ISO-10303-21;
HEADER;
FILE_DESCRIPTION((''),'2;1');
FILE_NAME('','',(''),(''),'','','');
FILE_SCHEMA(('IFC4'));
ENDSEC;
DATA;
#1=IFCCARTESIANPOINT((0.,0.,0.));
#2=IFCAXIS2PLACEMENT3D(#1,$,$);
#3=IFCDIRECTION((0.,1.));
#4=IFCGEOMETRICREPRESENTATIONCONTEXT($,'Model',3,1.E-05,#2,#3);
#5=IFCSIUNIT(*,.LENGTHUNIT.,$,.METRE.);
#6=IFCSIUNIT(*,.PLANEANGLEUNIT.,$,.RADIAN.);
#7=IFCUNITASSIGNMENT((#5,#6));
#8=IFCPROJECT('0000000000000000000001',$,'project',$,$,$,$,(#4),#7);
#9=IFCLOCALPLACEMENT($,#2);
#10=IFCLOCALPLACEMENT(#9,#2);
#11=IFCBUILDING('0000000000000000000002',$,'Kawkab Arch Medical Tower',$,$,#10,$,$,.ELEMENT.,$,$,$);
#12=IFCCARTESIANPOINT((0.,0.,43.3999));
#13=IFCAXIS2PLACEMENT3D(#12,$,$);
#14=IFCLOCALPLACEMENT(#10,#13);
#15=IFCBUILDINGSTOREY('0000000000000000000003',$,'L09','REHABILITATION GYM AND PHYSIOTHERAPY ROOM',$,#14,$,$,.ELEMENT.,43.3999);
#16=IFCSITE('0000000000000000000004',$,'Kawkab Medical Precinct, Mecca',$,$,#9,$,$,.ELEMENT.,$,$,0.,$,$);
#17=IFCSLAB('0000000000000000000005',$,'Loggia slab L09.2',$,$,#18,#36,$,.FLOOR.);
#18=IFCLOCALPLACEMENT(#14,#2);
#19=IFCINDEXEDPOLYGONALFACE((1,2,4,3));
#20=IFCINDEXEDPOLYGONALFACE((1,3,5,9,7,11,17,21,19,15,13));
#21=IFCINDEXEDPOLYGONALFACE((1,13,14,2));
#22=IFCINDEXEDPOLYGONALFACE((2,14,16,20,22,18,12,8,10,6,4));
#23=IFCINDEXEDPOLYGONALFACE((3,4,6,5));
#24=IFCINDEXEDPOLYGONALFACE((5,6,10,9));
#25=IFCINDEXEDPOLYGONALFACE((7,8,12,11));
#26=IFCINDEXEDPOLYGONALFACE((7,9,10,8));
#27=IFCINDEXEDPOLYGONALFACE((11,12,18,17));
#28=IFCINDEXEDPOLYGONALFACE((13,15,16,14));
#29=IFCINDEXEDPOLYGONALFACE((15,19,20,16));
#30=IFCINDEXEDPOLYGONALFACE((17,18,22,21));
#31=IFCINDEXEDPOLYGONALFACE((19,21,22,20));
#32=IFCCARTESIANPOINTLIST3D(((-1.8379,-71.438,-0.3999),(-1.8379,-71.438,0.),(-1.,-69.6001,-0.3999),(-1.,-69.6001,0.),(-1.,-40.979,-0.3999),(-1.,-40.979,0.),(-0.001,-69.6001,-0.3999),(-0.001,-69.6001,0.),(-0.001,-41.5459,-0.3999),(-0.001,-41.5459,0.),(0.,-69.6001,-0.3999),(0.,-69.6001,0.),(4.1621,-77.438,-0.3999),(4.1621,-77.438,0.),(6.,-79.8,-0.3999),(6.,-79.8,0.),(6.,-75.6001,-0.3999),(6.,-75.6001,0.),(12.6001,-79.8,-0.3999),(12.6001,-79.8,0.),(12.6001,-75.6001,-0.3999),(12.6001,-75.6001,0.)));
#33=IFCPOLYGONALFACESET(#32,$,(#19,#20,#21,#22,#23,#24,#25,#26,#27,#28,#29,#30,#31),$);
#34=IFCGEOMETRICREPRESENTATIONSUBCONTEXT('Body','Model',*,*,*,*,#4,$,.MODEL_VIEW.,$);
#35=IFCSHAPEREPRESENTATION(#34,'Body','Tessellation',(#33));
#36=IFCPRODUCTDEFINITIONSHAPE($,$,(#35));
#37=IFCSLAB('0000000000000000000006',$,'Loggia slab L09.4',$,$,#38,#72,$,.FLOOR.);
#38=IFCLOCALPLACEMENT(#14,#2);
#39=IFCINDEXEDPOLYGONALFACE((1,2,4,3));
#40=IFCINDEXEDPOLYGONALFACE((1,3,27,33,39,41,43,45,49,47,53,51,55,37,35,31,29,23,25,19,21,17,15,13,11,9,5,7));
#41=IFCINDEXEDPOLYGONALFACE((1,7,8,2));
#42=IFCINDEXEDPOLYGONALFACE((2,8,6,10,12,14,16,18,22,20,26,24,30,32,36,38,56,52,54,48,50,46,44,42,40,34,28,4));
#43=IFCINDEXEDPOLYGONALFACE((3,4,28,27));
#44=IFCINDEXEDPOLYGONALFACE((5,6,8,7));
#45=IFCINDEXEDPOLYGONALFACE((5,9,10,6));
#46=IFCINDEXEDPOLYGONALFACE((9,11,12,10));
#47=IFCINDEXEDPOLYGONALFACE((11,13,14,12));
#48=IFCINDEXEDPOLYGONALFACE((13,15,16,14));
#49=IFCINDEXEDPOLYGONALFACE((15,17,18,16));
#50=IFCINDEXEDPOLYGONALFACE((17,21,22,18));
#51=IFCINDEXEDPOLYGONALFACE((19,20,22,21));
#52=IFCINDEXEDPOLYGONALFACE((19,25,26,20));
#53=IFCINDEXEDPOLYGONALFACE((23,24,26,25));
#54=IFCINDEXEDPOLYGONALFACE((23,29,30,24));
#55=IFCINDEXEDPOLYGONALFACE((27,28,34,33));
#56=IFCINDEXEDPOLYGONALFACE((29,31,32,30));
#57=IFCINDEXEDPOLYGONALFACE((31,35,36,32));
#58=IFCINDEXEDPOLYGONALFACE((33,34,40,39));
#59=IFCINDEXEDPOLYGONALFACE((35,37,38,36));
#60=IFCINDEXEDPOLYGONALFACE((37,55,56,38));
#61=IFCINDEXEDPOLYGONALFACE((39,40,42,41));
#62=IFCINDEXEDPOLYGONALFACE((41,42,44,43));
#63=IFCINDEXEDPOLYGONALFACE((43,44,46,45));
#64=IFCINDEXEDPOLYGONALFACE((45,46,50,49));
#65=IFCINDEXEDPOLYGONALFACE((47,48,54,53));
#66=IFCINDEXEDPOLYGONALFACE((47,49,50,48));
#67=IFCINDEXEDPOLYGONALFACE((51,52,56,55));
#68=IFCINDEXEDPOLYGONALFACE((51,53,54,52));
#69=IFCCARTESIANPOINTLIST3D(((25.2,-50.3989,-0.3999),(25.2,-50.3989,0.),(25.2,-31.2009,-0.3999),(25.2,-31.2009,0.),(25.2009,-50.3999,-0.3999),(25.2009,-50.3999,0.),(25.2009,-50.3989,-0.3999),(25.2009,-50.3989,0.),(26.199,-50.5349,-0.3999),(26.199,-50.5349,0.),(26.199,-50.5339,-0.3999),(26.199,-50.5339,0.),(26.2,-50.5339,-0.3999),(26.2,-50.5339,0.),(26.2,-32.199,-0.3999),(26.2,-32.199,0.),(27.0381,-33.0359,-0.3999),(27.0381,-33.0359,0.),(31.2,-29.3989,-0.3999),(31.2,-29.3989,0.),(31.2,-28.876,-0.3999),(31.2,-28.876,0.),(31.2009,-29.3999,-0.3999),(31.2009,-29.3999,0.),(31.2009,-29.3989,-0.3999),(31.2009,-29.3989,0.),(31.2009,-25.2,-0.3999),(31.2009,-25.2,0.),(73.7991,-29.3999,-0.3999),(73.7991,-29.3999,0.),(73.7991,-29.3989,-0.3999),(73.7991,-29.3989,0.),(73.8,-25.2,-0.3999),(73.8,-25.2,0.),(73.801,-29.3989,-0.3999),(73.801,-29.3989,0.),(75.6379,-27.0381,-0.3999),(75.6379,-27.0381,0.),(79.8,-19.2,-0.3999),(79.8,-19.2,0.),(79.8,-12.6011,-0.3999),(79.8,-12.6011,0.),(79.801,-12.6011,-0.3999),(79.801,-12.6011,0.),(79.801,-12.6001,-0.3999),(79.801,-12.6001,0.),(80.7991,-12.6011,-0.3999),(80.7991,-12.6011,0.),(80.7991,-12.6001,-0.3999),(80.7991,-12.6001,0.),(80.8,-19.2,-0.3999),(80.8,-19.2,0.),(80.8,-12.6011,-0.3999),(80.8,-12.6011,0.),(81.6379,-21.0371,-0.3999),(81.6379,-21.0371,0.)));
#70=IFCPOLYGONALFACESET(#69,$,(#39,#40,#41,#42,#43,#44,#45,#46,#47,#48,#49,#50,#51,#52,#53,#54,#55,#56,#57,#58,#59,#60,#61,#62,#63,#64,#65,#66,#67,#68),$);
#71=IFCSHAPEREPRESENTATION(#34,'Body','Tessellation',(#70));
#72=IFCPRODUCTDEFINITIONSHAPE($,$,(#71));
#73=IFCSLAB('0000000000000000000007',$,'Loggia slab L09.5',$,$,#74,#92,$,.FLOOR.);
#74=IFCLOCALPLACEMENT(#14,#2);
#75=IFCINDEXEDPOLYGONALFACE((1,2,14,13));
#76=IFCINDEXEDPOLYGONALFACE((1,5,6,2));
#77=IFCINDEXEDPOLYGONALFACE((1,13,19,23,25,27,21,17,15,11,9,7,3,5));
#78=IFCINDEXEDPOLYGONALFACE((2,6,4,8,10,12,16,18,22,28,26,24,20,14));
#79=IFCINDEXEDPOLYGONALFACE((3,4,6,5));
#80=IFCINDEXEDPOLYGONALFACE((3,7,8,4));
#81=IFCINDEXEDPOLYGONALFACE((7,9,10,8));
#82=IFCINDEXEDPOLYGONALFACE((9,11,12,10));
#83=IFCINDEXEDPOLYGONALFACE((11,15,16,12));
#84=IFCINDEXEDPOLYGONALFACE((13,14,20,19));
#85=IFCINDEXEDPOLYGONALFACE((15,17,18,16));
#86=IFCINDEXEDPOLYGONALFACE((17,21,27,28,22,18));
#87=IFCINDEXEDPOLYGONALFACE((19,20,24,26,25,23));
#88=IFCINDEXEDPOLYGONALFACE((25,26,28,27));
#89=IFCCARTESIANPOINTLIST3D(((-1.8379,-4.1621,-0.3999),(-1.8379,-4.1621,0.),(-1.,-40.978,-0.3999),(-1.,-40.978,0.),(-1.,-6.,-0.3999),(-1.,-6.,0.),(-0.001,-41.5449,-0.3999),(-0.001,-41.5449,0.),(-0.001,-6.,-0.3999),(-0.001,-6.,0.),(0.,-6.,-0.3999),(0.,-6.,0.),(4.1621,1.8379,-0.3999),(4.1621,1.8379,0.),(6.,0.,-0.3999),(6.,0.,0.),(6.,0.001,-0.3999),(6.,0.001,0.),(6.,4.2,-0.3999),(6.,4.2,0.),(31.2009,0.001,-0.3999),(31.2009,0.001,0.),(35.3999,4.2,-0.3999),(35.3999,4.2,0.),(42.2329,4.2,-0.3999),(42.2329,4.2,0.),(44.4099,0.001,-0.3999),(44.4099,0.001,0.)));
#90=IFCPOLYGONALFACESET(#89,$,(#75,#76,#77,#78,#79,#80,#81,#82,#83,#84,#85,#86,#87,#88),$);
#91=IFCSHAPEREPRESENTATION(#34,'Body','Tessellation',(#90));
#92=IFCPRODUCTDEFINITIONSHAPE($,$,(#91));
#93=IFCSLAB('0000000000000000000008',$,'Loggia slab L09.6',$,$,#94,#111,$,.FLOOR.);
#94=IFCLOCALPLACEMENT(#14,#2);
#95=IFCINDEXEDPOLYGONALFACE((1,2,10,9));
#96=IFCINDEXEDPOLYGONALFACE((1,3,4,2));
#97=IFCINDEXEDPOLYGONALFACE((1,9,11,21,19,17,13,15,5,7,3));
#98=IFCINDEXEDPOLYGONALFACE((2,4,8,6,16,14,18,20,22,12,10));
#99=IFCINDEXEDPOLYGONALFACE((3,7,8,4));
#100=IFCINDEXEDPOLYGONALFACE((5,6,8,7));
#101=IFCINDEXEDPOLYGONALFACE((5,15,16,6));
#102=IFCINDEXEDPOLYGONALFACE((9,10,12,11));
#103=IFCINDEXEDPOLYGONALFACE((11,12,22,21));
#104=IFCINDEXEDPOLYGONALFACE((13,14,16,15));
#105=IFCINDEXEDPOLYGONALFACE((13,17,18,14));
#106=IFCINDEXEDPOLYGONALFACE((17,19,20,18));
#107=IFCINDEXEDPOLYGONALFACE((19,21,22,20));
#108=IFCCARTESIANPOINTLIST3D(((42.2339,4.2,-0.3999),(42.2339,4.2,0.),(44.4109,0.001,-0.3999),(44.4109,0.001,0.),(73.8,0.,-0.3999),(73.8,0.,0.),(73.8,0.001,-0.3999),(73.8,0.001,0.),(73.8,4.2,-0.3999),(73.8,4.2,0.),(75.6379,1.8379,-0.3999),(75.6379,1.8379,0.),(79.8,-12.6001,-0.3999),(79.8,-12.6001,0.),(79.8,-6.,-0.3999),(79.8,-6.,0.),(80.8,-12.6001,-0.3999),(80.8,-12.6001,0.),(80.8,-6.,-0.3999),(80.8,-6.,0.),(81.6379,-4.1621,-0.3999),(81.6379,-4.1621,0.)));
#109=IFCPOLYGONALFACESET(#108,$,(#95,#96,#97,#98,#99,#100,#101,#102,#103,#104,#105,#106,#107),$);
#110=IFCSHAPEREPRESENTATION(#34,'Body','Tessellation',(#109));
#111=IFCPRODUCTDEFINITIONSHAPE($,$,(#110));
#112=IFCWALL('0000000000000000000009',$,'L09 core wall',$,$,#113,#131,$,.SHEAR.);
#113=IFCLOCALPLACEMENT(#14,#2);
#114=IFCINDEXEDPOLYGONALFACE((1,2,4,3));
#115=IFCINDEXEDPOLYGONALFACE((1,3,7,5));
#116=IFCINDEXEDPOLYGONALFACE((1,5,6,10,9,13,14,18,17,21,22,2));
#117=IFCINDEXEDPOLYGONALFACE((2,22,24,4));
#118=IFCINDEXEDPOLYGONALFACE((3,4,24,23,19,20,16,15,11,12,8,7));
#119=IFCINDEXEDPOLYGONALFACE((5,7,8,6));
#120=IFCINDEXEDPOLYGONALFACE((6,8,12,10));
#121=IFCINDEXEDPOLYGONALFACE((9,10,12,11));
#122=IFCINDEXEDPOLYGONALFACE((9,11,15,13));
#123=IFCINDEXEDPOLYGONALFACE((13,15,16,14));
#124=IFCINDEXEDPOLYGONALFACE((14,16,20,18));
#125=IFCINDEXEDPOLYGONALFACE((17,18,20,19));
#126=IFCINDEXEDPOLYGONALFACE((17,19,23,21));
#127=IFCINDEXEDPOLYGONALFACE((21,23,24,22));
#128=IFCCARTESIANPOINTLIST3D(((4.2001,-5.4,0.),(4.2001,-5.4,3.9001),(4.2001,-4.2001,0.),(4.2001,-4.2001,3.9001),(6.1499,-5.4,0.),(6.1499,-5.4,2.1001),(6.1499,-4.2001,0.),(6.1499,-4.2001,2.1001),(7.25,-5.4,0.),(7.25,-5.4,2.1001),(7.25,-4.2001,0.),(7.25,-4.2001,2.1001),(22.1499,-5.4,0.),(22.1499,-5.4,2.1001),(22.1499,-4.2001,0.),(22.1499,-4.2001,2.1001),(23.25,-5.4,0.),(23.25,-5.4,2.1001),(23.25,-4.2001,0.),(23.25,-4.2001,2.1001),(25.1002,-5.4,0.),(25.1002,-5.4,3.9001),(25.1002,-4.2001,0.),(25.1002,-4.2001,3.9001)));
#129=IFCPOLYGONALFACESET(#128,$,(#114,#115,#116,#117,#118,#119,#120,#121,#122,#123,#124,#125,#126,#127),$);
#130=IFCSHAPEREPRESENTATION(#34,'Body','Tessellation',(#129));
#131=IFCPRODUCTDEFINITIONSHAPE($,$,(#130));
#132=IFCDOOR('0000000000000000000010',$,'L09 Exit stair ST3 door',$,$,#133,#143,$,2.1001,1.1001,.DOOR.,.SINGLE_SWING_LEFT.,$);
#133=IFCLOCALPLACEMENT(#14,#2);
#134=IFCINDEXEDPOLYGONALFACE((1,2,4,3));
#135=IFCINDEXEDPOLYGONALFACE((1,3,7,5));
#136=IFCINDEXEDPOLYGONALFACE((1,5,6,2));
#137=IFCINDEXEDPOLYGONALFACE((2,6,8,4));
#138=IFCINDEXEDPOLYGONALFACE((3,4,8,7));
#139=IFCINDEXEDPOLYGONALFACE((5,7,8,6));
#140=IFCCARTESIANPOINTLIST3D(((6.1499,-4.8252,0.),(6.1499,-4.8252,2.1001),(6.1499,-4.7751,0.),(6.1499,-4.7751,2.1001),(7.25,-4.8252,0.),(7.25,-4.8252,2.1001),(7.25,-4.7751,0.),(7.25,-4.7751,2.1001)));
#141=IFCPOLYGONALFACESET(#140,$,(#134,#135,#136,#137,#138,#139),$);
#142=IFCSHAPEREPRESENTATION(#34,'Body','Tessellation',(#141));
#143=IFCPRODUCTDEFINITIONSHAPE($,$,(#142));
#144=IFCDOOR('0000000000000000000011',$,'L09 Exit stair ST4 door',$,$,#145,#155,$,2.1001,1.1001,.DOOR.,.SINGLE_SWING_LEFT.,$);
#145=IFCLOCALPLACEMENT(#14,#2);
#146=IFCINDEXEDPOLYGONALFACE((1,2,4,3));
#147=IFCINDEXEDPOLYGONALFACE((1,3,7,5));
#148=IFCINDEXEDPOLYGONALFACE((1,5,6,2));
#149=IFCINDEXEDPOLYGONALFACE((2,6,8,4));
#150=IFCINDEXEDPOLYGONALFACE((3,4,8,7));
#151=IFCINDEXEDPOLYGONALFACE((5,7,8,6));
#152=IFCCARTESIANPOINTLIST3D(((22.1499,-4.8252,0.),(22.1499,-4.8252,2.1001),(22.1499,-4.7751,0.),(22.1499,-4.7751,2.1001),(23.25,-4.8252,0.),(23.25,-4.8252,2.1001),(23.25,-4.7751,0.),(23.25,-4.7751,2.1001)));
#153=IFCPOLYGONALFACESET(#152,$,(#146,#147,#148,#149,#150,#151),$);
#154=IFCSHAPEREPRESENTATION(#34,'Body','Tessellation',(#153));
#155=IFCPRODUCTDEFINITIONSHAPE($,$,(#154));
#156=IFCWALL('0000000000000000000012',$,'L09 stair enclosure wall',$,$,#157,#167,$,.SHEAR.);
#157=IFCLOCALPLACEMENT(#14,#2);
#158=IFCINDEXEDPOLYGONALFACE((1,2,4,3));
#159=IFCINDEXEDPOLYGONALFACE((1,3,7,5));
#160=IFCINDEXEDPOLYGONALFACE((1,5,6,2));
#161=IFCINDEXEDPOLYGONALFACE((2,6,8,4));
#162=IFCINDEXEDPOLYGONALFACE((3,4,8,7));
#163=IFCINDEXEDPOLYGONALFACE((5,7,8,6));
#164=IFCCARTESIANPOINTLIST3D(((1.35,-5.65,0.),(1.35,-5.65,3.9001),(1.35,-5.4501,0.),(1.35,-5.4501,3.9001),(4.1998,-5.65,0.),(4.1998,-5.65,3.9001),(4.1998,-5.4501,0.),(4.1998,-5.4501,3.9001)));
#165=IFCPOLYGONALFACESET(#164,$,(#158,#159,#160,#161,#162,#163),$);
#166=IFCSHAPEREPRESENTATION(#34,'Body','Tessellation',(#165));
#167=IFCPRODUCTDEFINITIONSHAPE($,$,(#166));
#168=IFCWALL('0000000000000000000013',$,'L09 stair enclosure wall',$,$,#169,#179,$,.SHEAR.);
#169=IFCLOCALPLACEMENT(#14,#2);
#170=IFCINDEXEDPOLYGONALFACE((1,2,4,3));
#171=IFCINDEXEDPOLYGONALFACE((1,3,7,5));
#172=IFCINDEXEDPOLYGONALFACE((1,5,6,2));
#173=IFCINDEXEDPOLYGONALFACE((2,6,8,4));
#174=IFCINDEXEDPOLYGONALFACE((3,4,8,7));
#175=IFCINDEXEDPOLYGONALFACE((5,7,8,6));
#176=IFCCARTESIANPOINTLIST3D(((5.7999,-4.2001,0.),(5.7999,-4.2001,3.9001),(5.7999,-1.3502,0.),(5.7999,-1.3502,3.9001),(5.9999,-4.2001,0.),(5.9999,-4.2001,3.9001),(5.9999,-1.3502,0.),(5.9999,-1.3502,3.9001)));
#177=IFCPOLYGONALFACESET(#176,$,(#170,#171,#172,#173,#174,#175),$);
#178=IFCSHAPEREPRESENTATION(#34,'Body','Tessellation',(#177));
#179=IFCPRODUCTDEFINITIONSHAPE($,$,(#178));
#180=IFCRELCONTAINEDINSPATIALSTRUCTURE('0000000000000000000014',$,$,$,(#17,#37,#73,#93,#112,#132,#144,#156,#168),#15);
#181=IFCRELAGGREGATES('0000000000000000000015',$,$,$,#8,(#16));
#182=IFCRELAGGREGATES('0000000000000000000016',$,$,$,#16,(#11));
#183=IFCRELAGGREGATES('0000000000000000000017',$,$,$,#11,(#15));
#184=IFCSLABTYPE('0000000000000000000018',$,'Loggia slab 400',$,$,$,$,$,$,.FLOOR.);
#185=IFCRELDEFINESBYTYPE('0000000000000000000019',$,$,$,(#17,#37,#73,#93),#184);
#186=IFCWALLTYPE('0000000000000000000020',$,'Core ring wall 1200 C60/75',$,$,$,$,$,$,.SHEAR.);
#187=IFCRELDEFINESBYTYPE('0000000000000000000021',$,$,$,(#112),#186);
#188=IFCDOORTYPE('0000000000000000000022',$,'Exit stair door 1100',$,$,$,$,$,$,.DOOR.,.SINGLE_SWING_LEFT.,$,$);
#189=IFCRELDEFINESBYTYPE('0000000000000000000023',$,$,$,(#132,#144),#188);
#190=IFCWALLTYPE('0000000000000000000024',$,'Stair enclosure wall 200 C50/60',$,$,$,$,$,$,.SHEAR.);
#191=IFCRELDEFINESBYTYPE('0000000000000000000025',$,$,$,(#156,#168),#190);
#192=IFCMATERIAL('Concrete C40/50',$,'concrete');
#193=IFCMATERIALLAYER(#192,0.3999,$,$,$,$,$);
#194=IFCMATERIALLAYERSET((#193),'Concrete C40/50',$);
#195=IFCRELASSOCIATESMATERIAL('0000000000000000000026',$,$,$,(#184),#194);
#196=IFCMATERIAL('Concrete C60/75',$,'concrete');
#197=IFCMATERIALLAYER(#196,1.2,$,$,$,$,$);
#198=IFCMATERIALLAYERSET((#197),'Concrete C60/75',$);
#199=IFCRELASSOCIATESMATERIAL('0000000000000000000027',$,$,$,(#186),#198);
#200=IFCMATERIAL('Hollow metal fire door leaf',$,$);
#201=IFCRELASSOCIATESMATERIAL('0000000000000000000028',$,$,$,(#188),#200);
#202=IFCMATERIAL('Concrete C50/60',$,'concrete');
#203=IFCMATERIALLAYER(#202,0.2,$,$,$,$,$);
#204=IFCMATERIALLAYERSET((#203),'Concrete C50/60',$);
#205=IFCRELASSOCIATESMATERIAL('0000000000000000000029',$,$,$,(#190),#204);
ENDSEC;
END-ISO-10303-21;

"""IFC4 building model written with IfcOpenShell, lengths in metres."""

from ifc_helpers import new_model, si_unit, direction, frame, frame_2d, origin, place, context, subcontext, project, spatial, polyline, rectangle, outline, extrude, material, layer, layer_set, type_object, element, fill, save


model = new_model("IFC4")

# Units and contexts
model_context = context("Model", 3, precision=1e-05, world=origin(), true_north=direction((0.0, 1.0)))
body_context = subcontext(model_context, "Body", "Model", "MODEL_VIEW")
ifc_project = project(units=[si_unit("LENGTHUNIT", "METRE"), si_unit("PLANEANGLEUNIT", "RADIAN")], contexts=[model_context])

# Site, building, storey
site_placement = place(None, origin())
site = spatial("IfcSite", under=ifc_project, at=site_placement, Name="Kawkab Medical Precinct, Mecca", CompositionType="ELEMENT", RefElevation=0.0)
building_placement = place(site_placement, origin())
building = spatial("IfcBuilding", under=site, at=building_placement, Name="Kawkab Arch Medical Tower", CompositionType="ELEMENT")
storey_placement = place(building_placement, frame((0.0, 0.0, 43.3999)))
storey = spatial("IfcBuildingStorey", under=building, at=storey_placement, Name="L09", Description="REHABILITATION GYM AND PHYSIOTHERAPY ROOM", CompositionType="ELEMENT", Elevation=43.3999)

# Slabs
ifc_material_1 = material(Name="Concrete C40/50", Category="concrete")
ifc_layer_1 = layer(ifc_material_1, 0.3999)
ifc_layer_set_1 = layer_set([ifc_layer_1], Name="Concrete C40/50")
slab_type_1 = type_object("IfcSlabType", Name="Loggia slab 400", PredefinedType="FLOOR", material=ifc_layer_set_1)
placement_1 = place(storey_placement, frame((0.0, 0.0, -0.3999)))
element("IfcSlab", 1, at=placement_1, inside=storey, type_object=slab_type_1, Name="Loggia slab L09.2", PredefinedType="FLOOR", context=body_context, shape_type="SweptSolid", body=[
    extrude(outline(polyline([(4.1621, -77.438), (-1.8379, -71.438), (-1.0, -69.6001), (-1.0, -40.979), (-0.001, -41.5459), (-0.001, -69.6001), (0.0, -69.6001), (6.0, -75.6001), (12.6001, -75.6001), (12.6001, -79.8), (6.0, -79.8), (4.1621, -77.438)])), origin(), (0.0, 0.0, 1.0), 0.3999),
])
element("IfcSlab", 2, at=placement_1, inside=storey, type_object=slab_type_1, Name="Loggia slab L09.4", PredefinedType="FLOOR", context=body_context, shape_type="SweptSolid", body=[
    extrude(outline(polyline([(25.2009, -50.3999), (25.2009, -50.3989), (25.2, -50.3989), (25.2, -31.2009), (31.2009, -25.2), (73.8, -25.2), (79.8, -19.2), (79.8, -12.6011), (79.801, -12.6011), (79.801, -12.6001), (80.7991, -12.6001), (80.7991, -12.6011), (80.8, -12.6011), (80.8, -19.2), (81.6379, -21.0371), (75.6379, -27.0381), (73.801, -29.3989), (73.7991, -29.3989), (73.7991, -29.3999), (31.2009, -29.3999), (31.2009, -29.3989), (31.2, -29.3989), (31.2, -28.876), (27.0381, -33.0359), (26.2, -32.199), (26.2, -50.5339), (26.199, -50.5339), (26.199, -50.5349), (25.2009, -50.3999)])), origin(), (0.0, 0.0, 1.0), 0.3999),
])
element("IfcSlab", 3, at=placement_1, inside=storey, type_object=slab_type_1, Name="Loggia slab L09.5", PredefinedType="FLOOR", context=body_context, shape_type="SweptSolid", body=[
    extrude(outline(polyline([(4.1621, 1.8379), (6.0, 4.2), (35.3999, 4.2), (42.2329, 4.2), (44.4099, 0.001), (31.2009, 0.001), (6.0, 0.001), (6.0, 0.0), (0.0, -6.0), (-0.001, -6.0), (-0.001, -41.5449), (-1.0, -40.978), (-1.0, -6.0), (-1.8379, -4.1621), (4.1621, 1.8379)])), origin(), (0.0, 0.0, 1.0), 0.3999),
])
element("IfcSlab", 4, at=placement_1, inside=storey, type_object=slab_type_1, Name="Loggia slab L09.6", PredefinedType="FLOOR", context=body_context, shape_type="SweptSolid", body=[
    extrude(outline(polyline([(75.6379, 1.8379), (81.6379, -4.1621), (80.8, -6.0), (80.8, -12.6001), (79.8, -12.6001), (79.8, -6.0), (73.8, 0.0), (73.8, 0.001), (44.4109, 0.001), (42.2339, 4.2), (73.8, 4.2), (75.6379, 1.8379)])), origin(), (0.0, 0.0, 1.0), 0.3999),
])

# Wall, openings, doors
ifc_material_2 = material(Name="Concrete C60/75", Category="concrete")
ifc_layer_2 = layer(ifc_material_2, 1.2)
ifc_layer_set_2 = layer_set([ifc_layer_2], Name="Concrete C60/75")
wall_type_1 = type_object("IfcWallType", Name="Core ring wall 1200 C60/75", PredefinedType="SHEAR", material=ifc_layer_set_2)
wall_1_placement = place(storey_placement, frame((4.2, -4.8, 0.0), z_axis=(0.0, 0.0, 1.0), x_axis=(1.0, 0.0, 0.0)))
wall_1 = element("IfcWall", 5, at=wall_1_placement, inside=storey, type_object=wall_type_1, Name="L09 core wall", PredefinedType="SHEAR", context=body_context, shape_type="SweptSolid", body=[
    extrude(rectangle(XDim=20.9001, YDim=1.2, at=frame_2d((10.4502, 0.0))), origin(), (0.0, 0.0, 1.0), 3.9001),
])
opening_1_placement = place(wall_1_placement, frame((1.95, 0.0, 0.0)))
opening_1 = element("IfcOpeningElement", 6, at=opening_1_placement, cuts=wall_1, PredefinedType="OPENING", context=body_context, shape_type="SweptSolid", body=[
    extrude(rectangle(XDim=1.1001, YDim=2.1001, at=frame_2d((0.55, 1.05))), frame((0.0, 0.6099, 0.0), z_axis=(0.0, -1.0, 0.0), x_axis=(1.0, 0.0, 0.0)), (0.0, 0.0, 1.0), 1.22),
])
opening_2_placement = place(wall_1_placement, frame((17.95, 0.0, 0.0)))
opening_2 = element("IfcOpeningElement", 7, at=opening_2_placement, cuts=wall_1, PredefinedType="OPENING", context=body_context, shape_type="SweptSolid", body=[
    extrude(rectangle(XDim=1.1001, YDim=2.1001, at=frame_2d((0.55, 1.05))), frame((0.0, 0.6099, 0.0), z_axis=(0.0, -1.0, 0.0), x_axis=(1.0, 0.0, 0.0)), (0.0, 0.0, 1.0), 1.22),
])
ifc_material_3 = material(Name="Hollow metal fire door leaf")
door_type = type_object("IfcDoorType", Name="Exit stair door 1100", OperationType="SINGLE_SWING_LEFT", PredefinedType="DOOR", material=ifc_material_3)
door_1_placement = place(opening_1_placement, origin())
door_1 = element("IfcDoor", 8, at=door_1_placement, inside=storey, type_object=door_type, Name="L09 Exit stair ST3 door", OperationType="SINGLE_SWING_LEFT", OverallHeight=2.1001, OverallWidth=1.1001, PredefinedType="DOOR", context=body_context, shape_type="SweptSolid", body=[
    extrude(rectangle(XDim=1.1001, YDim=2.1001, at=frame_2d((0.55, 1.05))), frame((0.0, 0.0249, 0.0), z_axis=(0.0, -1.0, 0.0), x_axis=(1.0, 0.0, 0.0)), (0.0, 0.0, 1.0), 0.05),
])
fill(opening_1, door_1)
door_2_placement = place(opening_2_placement, origin())
door_2 = element("IfcDoor", 9, at=door_2_placement, inside=storey, type_object=door_type, Name="L09 Exit stair ST4 door", OperationType="SINGLE_SWING_LEFT", OverallHeight=2.1001, OverallWidth=1.1001, PredefinedType="DOOR", context=body_context, shape_type="SweptSolid", body=[
    extrude(rectangle(XDim=1.1001, YDim=2.1001, at=frame_2d((0.55, 1.05))), frame((0.0, 0.0249, 0.0), z_axis=(0.0, -1.0, 0.0), x_axis=(1.0, 0.0, 0.0)), (0.0, 0.0, 1.0), 0.05),
])
fill(opening_2, door_2)

# Walls
ifc_material_4 = material(Name="Concrete C50/60", Category="concrete")
ifc_layer_3 = layer(ifc_material_4, 0.2)
ifc_layer_set_3 = layer_set([ifc_layer_3], Name="Concrete C50/60")
wall_type_2 = type_object("IfcWallType", Name="Stair enclosure wall 200 C50/60", PredefinedType="SHEAR", material=ifc_layer_set_3)
for number, where, z_axis, x_axis, name in (
    (10, (1.3501, -5.55, 0.0), (0.0, 0.0, 1.0), (1.0, 0.0, 0.0), "L09 stair enclosure wall"),
    (11, (5.8999, -4.2, 0.0), (0.0, 0.0, 1.0), (0.0, 1.0, 0.0), "L09 stair enclosure wall"),
):
    element("IfcWall", number, at=place(storey_placement, frame(where, z_axis=z_axis, x_axis=x_axis)), inside=storey, type_object=wall_type_2, Name=name, PredefinedType="SHEAR", context=body_context, shape_type="SweptSolid", body=[
        extrude(rectangle(XDim=2.8499, YDim=0.2, at=frame_2d((1.4248, 0.0))), origin(), (0.0, 0.0, 1.0), 3.9001),
    ])

save(model, "model.ifc")
